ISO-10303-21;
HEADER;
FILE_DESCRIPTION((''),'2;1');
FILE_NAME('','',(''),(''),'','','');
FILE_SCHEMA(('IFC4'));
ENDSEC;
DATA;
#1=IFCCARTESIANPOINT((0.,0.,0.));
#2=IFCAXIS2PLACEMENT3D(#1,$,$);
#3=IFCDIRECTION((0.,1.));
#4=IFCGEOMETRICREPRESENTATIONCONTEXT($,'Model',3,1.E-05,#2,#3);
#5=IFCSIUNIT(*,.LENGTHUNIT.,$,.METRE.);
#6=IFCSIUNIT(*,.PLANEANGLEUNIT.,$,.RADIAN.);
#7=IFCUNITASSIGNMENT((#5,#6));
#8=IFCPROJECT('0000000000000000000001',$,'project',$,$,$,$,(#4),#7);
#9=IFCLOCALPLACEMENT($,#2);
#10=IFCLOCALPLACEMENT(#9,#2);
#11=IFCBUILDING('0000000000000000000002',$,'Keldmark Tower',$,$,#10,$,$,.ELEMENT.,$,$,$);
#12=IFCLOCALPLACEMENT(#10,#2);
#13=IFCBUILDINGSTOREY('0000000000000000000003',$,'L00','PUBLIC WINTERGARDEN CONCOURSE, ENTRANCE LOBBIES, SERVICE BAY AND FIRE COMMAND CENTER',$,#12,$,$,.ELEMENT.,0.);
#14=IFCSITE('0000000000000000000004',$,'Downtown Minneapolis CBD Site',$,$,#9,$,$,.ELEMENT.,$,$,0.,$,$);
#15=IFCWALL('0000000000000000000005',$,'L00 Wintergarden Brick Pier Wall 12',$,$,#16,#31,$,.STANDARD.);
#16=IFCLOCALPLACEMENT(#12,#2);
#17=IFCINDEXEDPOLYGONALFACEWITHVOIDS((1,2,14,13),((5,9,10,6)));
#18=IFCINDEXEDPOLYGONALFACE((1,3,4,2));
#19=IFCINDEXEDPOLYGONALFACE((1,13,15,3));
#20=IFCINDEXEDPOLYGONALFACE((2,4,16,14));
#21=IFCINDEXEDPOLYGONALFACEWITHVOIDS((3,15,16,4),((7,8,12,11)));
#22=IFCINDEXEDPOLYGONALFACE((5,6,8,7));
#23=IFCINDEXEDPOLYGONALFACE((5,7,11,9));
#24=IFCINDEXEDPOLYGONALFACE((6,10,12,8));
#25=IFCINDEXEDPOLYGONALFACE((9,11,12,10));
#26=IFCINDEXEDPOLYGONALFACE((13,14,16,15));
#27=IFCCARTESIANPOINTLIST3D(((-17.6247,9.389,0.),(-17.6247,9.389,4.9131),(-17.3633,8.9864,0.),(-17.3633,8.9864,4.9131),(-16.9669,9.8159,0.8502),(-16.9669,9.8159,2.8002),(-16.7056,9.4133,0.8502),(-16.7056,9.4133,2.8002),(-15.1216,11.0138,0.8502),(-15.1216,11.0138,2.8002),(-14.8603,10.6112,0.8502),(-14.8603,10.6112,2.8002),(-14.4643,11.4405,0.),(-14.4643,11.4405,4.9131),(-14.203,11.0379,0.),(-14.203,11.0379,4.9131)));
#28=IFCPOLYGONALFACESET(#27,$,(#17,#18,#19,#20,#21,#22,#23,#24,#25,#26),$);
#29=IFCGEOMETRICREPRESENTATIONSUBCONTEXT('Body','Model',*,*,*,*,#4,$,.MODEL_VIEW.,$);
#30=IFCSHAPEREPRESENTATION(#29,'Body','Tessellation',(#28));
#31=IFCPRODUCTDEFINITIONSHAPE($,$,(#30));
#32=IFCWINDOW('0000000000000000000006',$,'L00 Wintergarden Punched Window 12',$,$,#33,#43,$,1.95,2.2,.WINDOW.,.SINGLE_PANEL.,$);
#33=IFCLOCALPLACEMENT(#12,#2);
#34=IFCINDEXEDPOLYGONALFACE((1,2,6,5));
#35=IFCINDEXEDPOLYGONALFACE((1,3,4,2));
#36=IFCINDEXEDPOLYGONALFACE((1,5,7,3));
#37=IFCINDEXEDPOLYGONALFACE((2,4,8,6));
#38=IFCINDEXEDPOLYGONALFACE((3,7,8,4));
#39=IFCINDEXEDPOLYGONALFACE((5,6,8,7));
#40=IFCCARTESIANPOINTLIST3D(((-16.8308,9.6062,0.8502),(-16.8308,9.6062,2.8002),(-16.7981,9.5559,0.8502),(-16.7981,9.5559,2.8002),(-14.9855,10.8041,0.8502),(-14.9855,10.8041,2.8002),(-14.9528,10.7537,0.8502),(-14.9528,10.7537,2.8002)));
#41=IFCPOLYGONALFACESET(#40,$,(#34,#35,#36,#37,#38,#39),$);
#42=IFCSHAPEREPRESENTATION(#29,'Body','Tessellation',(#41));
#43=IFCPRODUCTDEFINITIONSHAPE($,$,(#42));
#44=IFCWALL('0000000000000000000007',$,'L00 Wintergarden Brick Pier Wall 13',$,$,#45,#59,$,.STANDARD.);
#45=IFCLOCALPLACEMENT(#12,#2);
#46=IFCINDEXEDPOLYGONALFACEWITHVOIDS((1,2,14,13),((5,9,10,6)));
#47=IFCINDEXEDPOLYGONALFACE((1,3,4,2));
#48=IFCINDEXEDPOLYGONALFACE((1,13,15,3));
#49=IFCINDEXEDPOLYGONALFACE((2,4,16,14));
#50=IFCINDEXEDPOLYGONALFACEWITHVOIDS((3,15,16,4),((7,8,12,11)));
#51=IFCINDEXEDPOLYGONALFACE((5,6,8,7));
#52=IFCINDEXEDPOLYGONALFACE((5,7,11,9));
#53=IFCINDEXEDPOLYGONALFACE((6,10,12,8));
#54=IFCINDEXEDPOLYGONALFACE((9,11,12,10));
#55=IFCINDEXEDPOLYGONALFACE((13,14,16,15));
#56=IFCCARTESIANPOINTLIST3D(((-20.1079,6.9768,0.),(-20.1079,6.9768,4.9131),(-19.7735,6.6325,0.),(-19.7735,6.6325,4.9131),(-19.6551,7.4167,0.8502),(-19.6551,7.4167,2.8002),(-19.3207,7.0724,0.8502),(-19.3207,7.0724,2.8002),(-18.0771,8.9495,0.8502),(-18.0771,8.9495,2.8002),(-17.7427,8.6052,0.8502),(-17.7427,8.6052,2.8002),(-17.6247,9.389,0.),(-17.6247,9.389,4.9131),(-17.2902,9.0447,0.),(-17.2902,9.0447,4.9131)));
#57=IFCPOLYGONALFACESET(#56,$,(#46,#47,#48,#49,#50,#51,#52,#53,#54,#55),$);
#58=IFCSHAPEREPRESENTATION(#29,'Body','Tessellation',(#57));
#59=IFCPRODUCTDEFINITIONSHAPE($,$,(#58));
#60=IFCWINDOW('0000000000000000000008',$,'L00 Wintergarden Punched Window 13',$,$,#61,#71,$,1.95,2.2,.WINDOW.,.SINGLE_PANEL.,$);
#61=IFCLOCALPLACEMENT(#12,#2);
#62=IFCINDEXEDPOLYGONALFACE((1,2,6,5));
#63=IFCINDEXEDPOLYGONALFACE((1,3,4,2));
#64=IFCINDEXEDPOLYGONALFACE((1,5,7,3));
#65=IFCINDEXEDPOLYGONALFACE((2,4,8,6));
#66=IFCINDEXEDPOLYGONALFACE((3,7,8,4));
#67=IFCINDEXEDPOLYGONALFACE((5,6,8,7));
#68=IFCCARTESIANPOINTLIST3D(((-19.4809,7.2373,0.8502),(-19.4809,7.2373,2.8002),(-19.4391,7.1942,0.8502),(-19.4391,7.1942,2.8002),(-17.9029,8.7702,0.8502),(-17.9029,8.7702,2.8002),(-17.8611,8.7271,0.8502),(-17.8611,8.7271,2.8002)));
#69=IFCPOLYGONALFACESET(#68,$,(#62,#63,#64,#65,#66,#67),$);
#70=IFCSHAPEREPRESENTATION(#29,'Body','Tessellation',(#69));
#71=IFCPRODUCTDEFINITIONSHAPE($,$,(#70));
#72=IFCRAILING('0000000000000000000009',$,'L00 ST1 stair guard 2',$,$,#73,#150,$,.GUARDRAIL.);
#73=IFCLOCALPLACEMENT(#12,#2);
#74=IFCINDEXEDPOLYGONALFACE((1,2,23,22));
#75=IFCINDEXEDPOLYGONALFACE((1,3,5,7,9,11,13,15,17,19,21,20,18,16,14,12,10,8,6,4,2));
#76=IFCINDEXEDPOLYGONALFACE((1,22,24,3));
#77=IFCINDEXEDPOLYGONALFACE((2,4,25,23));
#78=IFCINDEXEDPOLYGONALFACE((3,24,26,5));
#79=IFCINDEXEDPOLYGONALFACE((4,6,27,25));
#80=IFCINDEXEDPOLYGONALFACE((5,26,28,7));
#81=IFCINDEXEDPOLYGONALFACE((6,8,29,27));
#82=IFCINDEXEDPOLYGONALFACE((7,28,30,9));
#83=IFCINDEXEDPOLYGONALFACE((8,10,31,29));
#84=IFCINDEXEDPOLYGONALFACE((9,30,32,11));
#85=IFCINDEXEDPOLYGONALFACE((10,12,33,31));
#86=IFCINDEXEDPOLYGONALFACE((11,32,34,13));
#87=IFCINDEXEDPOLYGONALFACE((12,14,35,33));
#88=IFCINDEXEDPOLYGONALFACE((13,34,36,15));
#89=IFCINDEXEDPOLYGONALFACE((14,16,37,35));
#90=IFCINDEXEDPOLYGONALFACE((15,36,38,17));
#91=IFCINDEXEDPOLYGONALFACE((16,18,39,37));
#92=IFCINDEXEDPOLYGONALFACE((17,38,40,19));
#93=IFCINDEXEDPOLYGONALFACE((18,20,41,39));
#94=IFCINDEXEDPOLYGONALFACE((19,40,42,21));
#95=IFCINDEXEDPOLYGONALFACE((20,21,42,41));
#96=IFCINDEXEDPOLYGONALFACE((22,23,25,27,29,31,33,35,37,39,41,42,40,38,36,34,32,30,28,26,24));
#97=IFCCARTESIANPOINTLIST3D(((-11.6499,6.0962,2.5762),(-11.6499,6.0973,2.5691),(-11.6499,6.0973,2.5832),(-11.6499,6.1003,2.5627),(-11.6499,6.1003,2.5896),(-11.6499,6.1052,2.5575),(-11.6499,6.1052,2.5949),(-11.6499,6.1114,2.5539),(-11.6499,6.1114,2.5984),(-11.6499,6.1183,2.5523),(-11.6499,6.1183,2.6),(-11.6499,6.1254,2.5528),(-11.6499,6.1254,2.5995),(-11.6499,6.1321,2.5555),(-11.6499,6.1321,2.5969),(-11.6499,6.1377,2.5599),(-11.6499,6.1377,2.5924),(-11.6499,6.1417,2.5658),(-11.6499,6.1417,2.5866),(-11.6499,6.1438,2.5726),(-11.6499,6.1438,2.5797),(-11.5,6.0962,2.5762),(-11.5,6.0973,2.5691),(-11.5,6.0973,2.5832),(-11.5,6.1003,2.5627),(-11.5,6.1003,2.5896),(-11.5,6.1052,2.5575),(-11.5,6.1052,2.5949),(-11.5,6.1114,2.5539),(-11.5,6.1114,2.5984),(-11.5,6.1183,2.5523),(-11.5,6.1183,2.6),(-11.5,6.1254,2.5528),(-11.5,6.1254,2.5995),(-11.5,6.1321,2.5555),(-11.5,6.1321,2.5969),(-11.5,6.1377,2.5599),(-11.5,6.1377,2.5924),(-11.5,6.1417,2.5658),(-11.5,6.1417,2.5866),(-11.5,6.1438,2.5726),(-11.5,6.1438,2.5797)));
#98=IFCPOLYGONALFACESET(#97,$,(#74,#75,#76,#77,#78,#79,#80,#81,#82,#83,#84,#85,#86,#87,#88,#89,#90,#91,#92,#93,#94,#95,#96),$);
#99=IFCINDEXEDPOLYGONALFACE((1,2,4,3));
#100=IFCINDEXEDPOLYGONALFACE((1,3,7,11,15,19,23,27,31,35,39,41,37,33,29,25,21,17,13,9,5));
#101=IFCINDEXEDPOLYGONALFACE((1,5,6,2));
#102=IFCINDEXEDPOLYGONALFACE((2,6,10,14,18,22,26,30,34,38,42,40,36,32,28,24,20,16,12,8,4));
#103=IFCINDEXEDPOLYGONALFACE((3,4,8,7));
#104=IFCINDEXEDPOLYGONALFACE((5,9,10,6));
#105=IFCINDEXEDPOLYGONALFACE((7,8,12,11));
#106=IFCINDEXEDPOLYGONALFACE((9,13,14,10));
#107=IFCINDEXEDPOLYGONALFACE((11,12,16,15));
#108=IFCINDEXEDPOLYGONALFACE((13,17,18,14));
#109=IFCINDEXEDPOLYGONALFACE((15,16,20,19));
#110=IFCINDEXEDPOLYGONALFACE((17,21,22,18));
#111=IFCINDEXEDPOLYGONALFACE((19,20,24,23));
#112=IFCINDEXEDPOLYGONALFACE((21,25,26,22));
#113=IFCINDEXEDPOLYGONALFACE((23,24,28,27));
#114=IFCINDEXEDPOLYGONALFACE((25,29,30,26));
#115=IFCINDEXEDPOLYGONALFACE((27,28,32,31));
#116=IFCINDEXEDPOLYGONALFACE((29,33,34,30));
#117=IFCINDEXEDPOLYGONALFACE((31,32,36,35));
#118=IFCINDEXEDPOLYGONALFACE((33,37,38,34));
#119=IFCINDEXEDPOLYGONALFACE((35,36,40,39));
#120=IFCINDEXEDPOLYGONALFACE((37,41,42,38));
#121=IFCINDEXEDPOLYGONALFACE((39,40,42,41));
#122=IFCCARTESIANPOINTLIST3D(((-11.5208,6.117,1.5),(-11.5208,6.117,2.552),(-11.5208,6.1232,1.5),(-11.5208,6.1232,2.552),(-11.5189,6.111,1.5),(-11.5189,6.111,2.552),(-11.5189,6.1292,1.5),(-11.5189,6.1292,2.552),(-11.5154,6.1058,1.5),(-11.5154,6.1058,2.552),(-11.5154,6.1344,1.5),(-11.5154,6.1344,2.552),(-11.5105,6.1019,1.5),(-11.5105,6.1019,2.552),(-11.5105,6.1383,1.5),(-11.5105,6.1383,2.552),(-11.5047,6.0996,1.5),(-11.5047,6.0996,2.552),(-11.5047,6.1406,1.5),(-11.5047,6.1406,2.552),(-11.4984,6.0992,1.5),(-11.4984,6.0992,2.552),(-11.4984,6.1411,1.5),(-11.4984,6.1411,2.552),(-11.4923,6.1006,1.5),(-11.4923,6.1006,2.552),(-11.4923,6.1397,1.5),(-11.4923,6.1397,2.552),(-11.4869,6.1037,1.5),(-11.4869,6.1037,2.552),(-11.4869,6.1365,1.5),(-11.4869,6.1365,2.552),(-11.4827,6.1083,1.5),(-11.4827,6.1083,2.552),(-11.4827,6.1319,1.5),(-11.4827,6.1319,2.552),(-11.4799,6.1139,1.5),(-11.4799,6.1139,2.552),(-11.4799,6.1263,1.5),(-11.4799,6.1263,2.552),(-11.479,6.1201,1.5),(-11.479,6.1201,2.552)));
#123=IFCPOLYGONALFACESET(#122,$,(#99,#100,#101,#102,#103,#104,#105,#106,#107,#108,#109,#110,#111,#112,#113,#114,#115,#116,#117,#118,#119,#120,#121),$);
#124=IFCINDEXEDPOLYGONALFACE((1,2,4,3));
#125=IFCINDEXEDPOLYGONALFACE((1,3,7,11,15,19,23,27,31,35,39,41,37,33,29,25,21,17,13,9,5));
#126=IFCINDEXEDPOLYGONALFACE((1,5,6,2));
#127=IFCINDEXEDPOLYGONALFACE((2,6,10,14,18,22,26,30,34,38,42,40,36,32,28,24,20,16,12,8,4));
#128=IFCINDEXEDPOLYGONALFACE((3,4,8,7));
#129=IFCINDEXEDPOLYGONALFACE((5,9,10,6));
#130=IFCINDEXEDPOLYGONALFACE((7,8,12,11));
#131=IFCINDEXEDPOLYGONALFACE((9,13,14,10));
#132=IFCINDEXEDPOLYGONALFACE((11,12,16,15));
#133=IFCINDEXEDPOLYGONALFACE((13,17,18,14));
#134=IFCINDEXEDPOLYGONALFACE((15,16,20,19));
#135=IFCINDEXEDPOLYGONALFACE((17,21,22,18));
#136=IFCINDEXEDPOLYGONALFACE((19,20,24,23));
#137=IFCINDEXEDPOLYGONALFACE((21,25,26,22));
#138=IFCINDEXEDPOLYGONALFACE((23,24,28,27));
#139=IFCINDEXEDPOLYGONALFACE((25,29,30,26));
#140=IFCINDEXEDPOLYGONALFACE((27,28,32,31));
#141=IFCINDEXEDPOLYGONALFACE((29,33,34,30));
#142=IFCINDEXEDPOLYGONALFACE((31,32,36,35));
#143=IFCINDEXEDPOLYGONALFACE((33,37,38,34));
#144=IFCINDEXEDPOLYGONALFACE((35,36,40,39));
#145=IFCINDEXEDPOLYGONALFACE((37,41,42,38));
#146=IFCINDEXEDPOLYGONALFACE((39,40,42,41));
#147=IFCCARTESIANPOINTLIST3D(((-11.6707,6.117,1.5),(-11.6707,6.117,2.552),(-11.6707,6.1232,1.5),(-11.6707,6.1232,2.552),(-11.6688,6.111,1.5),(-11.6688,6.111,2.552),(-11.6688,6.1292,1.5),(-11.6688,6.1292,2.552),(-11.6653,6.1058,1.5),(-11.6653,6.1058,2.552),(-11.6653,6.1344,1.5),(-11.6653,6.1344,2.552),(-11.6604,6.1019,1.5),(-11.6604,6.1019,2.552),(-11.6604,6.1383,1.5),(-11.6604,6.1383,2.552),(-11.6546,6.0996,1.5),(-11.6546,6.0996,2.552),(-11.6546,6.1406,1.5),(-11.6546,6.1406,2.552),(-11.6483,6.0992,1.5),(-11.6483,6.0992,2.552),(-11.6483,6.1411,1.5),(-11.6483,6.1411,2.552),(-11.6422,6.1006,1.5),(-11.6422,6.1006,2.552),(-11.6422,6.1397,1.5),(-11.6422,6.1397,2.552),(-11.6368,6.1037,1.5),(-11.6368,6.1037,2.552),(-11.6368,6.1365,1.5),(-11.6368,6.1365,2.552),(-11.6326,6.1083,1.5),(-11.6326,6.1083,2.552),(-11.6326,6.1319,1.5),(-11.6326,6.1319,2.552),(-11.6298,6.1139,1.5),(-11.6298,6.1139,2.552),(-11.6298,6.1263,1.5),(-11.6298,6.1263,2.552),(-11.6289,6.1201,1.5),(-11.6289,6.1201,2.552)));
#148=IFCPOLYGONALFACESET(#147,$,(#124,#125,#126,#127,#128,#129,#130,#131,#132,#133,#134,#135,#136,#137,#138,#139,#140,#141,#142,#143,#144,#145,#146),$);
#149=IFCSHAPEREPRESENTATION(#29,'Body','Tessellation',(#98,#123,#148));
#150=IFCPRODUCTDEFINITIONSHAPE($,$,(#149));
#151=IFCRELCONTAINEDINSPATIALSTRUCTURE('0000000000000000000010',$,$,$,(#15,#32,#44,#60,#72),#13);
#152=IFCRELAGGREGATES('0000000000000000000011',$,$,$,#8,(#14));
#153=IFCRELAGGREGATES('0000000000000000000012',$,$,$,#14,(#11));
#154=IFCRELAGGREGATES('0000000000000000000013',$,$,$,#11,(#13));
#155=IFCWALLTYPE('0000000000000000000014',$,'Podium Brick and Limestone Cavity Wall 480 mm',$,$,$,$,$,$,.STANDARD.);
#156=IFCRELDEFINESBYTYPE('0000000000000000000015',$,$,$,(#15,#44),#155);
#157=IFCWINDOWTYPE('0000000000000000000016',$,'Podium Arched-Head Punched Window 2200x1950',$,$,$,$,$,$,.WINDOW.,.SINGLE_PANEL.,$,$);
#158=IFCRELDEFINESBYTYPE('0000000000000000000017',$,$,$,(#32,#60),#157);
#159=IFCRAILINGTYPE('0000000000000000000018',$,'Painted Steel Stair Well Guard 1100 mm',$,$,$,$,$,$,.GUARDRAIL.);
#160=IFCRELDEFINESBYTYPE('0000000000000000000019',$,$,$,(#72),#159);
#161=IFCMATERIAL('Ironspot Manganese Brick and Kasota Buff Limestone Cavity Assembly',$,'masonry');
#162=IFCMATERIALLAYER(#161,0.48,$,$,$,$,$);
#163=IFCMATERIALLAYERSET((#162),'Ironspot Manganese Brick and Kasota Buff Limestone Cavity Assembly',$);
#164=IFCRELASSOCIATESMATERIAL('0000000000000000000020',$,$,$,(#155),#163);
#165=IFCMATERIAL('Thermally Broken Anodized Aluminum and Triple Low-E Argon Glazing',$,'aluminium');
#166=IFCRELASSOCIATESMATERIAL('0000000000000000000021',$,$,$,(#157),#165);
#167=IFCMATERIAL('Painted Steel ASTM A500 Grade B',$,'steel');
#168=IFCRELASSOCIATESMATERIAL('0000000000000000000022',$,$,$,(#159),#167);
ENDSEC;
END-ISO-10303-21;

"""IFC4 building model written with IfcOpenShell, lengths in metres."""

from ifc_helpers import new_model, si_unit, direction, frame, frame_2d, origin, origin_2d, place, context, subcontext, project, spatial, rectangle, circle, extrude, material, layer, layer_set, type_object, element, fill, save


model = new_model("IFC4")

# Units and contexts
model_context = context("Model", 3, precision=1e-05, world=origin(), true_north=direction((0.0, 1.0)))
body_context = subcontext(model_context, "Body", "Model", "MODEL_VIEW")
ifc_project = project(units=[si_unit("LENGTHUNIT", "METRE"), si_unit("PLANEANGLEUNIT", "RADIAN")], contexts=[model_context])

# Site, building, storey
site_placement = place(None, origin())
site = spatial("IfcSite", under=ifc_project, at=site_placement, Name="Downtown Minneapolis CBD Site", CompositionType="ELEMENT", RefElevation=0.0)
building_placement = place(site_placement, origin())
building = spatial("IfcBuilding", under=site, at=building_placement, Name="Keldmark Tower", CompositionType="ELEMENT")
storey_placement = place(building_placement, origin())
storey = spatial("IfcBuildingStorey", under=building, at=storey_placement, Name="L00", Description="PUBLIC WINTERGARDEN CONCOURSE, ENTRANCE LOBBIES, SERVICE BAY AND FIRE COMMAND CENTER", CompositionType="ELEMENT", Elevation=0.0)

# Walls, openings, windows
ifc_material_1 = material(Name="Ironspot Manganese Brick and Kasota Buff Limestone Cavity Assembly", Category="masonry")
ifc_layer_1 = layer(ifc_material_1, 0.48)
ifc_layer_set_1 = layer_set([ifc_layer_1], Name="Ironspot Manganese Brick and Kasota Buff Limestone Cavity Assembly")
wall_type_1 = type_object("IfcWallType", Name="Podium Brick and Limestone Cavity Wall 480 mm", PredefinedType="STANDARD", material=ifc_layer_set_1)
ifc_material_2 = material(Name="Thermally Broken Anodized Aluminum and Triple Low-E Argon Glazing", Category="aluminium")
window_type = type_object("IfcWindowType", Name="Podium Arched-Head Punched Window 2200x1950", PartitioningType="SINGLE_PANEL", PredefinedType="WINDOW", material=ifc_material_2)
wall_1_placement = place(storey_placement, frame((-17.4939, 9.1877, 0.0), z_axis=(0.0, 0.0, 1.0), x_axis=(0.838777, 0.544476, 0.0)))
wall_1 = element("IfcWall", 1, at=wall_1_placement, inside=storey, type_object=wall_type_1, Name="L00 Wintergarden Brick Pier Wall 12", PredefinedType="STANDARD", context=body_context, shape_type="SweptSolid", body=[
    extrude(rectangle(XDim=3.7678, YDim=0.48, at=frame_2d((1.8838, 0.0))), origin(), (0.0, 0.0, 1.0), 4.9131),
])
opening_1_placement = place(wall_1_placement, frame((0.7839, 0.0, 0.8501)))
opening_1 = element("IfcOpeningElement", 2, at=opening_1_placement, cuts=wall_1, PredefinedType="OPENING", context=body_context, shape_type="SweptSolid", body=[
    extrude(rectangle(XDim=2.2, YDim=1.95, at=frame_2d((1.1001, 0.9751))), frame((0.0, 0.25, 0.0), z_axis=(0.0, -1.0, 0.0), x_axis=(1.0, 0.0, 0.0)), (0.0, 0.0, 1.0), 0.5),
])
window_1_placement = place(opening_1_placement, origin())
window_1 = element("IfcWindow", 3, at=window_1_placement, inside=storey, type_object=window_type, Name="L00 Wintergarden Punched Window 12", OverallHeight=1.95, OverallWidth=2.2, PartitioningType="SINGLE_PANEL", PredefinedType="WINDOW", context=body_context, shape_type="SweptSolid", body=[
    extrude(rectangle(XDim=2.2, YDim=1.95, at=frame_2d((1.1001, 0.9751))), frame((0.0, -0.01, 0.0), z_axis=(0.0, -1.0, 0.0), x_axis=(1.0, 0.0, 0.0)), (0.0, 0.0, 1.0), 0.0601),
])
fill(opening_1, window_1)
wall_2_placement = place(storey_placement, frame((-19.9407, 6.8047, 0.0), z_axis=(0.0, 0.0, 1.0), x_axis=(0.717293, 0.696771, 0.0)))
wall_2 = element("IfcWall", 4, at=wall_2_placement, inside=storey, type_object=wall_type_1, Name="L00 Wintergarden Brick Pier Wall 13", PredefinedType="STANDARD", context=body_context, shape_type="SweptSolid", body=[
    extrude(rectangle(XDim=3.4619, YDim=0.48, at=frame_2d((1.731, 0.0))), origin(), (0.0, 0.0, 1.0), 4.9131),
])
opening_2_placement = place(wall_2_placement, frame((0.6311, 0.0, 0.8501)))
opening_2 = element("IfcOpeningElement", 5, at=opening_2_placement, cuts=wall_2, PredefinedType="OPENING", context=body_context, shape_type="SweptSolid", body=[
    extrude(rectangle(XDim=2.2, YDim=1.95, at=frame_2d((1.1001, 0.9751))), frame((0.0, 0.25, 0.0), z_axis=(0.0, -1.0, 0.0), x_axis=(1.0, 0.0, 0.0)), (0.0, 0.0, 1.0), 0.5),
])
window_2_placement = place(opening_2_placement, origin())
window_2 = element("IfcWindow", 6, at=window_2_placement, inside=storey, type_object=window_type, Name="L00 Wintergarden Punched Window 13", OverallHeight=1.95, OverallWidth=2.2, PartitioningType="SINGLE_PANEL", PredefinedType="WINDOW", context=body_context, shape_type="SweptSolid", body=[
    extrude(rectangle(XDim=2.2, YDim=1.95, at=frame_2d((1.1001, 0.9751))), frame((0.0, -0.01, 0.0), z_axis=(0.0, -1.0, 0.0), x_axis=(1.0, 0.0, 0.0)), (0.0, 0.0, 1.0), 0.0601),
])
fill(opening_2, window_2)

# Railing
ifc_material_3 = material(Name="Painted Steel ASTM A500 Grade B", Category="steel")
railing_type = type_object("IfcRailingType", Name="Painted Steel Stair Well Guard 1100 mm", PredefinedType="GUARDRAIL", material=ifc_material_3)
railing_1_placement = place(storey_placement, frame((-11.5, 6.1201, 1.5)))
element("IfcRailing", 7, at=railing_1_placement, inside=storey, type_object=railing_type, Name="L00 ST1 stair guard 2", PredefinedType="GUARDRAIL", context=body_context, shape_type="SweptSolid", body=[
    extrude(circle(Radius=0.0239, at=origin_2d()), frame((0.0, 0.0, 1.0762), z_axis=(-1.0, 0.0, 0.0), x_axis=(0.0, -1.0, 0.0)), (0.0, 0.0, 1.0), 0.1499),
    extrude(circle(Radius=0.021, at=origin_2d()), origin(), (0.0, 0.0, 1.0), 1.052),
    extrude(circle(Radius=0.021, at=origin_2d()), frame((-0.1499, 0.0, 0.0)), (0.0, 0.0, 1.0), 1.052),
])

save(model, "model.ifc")
